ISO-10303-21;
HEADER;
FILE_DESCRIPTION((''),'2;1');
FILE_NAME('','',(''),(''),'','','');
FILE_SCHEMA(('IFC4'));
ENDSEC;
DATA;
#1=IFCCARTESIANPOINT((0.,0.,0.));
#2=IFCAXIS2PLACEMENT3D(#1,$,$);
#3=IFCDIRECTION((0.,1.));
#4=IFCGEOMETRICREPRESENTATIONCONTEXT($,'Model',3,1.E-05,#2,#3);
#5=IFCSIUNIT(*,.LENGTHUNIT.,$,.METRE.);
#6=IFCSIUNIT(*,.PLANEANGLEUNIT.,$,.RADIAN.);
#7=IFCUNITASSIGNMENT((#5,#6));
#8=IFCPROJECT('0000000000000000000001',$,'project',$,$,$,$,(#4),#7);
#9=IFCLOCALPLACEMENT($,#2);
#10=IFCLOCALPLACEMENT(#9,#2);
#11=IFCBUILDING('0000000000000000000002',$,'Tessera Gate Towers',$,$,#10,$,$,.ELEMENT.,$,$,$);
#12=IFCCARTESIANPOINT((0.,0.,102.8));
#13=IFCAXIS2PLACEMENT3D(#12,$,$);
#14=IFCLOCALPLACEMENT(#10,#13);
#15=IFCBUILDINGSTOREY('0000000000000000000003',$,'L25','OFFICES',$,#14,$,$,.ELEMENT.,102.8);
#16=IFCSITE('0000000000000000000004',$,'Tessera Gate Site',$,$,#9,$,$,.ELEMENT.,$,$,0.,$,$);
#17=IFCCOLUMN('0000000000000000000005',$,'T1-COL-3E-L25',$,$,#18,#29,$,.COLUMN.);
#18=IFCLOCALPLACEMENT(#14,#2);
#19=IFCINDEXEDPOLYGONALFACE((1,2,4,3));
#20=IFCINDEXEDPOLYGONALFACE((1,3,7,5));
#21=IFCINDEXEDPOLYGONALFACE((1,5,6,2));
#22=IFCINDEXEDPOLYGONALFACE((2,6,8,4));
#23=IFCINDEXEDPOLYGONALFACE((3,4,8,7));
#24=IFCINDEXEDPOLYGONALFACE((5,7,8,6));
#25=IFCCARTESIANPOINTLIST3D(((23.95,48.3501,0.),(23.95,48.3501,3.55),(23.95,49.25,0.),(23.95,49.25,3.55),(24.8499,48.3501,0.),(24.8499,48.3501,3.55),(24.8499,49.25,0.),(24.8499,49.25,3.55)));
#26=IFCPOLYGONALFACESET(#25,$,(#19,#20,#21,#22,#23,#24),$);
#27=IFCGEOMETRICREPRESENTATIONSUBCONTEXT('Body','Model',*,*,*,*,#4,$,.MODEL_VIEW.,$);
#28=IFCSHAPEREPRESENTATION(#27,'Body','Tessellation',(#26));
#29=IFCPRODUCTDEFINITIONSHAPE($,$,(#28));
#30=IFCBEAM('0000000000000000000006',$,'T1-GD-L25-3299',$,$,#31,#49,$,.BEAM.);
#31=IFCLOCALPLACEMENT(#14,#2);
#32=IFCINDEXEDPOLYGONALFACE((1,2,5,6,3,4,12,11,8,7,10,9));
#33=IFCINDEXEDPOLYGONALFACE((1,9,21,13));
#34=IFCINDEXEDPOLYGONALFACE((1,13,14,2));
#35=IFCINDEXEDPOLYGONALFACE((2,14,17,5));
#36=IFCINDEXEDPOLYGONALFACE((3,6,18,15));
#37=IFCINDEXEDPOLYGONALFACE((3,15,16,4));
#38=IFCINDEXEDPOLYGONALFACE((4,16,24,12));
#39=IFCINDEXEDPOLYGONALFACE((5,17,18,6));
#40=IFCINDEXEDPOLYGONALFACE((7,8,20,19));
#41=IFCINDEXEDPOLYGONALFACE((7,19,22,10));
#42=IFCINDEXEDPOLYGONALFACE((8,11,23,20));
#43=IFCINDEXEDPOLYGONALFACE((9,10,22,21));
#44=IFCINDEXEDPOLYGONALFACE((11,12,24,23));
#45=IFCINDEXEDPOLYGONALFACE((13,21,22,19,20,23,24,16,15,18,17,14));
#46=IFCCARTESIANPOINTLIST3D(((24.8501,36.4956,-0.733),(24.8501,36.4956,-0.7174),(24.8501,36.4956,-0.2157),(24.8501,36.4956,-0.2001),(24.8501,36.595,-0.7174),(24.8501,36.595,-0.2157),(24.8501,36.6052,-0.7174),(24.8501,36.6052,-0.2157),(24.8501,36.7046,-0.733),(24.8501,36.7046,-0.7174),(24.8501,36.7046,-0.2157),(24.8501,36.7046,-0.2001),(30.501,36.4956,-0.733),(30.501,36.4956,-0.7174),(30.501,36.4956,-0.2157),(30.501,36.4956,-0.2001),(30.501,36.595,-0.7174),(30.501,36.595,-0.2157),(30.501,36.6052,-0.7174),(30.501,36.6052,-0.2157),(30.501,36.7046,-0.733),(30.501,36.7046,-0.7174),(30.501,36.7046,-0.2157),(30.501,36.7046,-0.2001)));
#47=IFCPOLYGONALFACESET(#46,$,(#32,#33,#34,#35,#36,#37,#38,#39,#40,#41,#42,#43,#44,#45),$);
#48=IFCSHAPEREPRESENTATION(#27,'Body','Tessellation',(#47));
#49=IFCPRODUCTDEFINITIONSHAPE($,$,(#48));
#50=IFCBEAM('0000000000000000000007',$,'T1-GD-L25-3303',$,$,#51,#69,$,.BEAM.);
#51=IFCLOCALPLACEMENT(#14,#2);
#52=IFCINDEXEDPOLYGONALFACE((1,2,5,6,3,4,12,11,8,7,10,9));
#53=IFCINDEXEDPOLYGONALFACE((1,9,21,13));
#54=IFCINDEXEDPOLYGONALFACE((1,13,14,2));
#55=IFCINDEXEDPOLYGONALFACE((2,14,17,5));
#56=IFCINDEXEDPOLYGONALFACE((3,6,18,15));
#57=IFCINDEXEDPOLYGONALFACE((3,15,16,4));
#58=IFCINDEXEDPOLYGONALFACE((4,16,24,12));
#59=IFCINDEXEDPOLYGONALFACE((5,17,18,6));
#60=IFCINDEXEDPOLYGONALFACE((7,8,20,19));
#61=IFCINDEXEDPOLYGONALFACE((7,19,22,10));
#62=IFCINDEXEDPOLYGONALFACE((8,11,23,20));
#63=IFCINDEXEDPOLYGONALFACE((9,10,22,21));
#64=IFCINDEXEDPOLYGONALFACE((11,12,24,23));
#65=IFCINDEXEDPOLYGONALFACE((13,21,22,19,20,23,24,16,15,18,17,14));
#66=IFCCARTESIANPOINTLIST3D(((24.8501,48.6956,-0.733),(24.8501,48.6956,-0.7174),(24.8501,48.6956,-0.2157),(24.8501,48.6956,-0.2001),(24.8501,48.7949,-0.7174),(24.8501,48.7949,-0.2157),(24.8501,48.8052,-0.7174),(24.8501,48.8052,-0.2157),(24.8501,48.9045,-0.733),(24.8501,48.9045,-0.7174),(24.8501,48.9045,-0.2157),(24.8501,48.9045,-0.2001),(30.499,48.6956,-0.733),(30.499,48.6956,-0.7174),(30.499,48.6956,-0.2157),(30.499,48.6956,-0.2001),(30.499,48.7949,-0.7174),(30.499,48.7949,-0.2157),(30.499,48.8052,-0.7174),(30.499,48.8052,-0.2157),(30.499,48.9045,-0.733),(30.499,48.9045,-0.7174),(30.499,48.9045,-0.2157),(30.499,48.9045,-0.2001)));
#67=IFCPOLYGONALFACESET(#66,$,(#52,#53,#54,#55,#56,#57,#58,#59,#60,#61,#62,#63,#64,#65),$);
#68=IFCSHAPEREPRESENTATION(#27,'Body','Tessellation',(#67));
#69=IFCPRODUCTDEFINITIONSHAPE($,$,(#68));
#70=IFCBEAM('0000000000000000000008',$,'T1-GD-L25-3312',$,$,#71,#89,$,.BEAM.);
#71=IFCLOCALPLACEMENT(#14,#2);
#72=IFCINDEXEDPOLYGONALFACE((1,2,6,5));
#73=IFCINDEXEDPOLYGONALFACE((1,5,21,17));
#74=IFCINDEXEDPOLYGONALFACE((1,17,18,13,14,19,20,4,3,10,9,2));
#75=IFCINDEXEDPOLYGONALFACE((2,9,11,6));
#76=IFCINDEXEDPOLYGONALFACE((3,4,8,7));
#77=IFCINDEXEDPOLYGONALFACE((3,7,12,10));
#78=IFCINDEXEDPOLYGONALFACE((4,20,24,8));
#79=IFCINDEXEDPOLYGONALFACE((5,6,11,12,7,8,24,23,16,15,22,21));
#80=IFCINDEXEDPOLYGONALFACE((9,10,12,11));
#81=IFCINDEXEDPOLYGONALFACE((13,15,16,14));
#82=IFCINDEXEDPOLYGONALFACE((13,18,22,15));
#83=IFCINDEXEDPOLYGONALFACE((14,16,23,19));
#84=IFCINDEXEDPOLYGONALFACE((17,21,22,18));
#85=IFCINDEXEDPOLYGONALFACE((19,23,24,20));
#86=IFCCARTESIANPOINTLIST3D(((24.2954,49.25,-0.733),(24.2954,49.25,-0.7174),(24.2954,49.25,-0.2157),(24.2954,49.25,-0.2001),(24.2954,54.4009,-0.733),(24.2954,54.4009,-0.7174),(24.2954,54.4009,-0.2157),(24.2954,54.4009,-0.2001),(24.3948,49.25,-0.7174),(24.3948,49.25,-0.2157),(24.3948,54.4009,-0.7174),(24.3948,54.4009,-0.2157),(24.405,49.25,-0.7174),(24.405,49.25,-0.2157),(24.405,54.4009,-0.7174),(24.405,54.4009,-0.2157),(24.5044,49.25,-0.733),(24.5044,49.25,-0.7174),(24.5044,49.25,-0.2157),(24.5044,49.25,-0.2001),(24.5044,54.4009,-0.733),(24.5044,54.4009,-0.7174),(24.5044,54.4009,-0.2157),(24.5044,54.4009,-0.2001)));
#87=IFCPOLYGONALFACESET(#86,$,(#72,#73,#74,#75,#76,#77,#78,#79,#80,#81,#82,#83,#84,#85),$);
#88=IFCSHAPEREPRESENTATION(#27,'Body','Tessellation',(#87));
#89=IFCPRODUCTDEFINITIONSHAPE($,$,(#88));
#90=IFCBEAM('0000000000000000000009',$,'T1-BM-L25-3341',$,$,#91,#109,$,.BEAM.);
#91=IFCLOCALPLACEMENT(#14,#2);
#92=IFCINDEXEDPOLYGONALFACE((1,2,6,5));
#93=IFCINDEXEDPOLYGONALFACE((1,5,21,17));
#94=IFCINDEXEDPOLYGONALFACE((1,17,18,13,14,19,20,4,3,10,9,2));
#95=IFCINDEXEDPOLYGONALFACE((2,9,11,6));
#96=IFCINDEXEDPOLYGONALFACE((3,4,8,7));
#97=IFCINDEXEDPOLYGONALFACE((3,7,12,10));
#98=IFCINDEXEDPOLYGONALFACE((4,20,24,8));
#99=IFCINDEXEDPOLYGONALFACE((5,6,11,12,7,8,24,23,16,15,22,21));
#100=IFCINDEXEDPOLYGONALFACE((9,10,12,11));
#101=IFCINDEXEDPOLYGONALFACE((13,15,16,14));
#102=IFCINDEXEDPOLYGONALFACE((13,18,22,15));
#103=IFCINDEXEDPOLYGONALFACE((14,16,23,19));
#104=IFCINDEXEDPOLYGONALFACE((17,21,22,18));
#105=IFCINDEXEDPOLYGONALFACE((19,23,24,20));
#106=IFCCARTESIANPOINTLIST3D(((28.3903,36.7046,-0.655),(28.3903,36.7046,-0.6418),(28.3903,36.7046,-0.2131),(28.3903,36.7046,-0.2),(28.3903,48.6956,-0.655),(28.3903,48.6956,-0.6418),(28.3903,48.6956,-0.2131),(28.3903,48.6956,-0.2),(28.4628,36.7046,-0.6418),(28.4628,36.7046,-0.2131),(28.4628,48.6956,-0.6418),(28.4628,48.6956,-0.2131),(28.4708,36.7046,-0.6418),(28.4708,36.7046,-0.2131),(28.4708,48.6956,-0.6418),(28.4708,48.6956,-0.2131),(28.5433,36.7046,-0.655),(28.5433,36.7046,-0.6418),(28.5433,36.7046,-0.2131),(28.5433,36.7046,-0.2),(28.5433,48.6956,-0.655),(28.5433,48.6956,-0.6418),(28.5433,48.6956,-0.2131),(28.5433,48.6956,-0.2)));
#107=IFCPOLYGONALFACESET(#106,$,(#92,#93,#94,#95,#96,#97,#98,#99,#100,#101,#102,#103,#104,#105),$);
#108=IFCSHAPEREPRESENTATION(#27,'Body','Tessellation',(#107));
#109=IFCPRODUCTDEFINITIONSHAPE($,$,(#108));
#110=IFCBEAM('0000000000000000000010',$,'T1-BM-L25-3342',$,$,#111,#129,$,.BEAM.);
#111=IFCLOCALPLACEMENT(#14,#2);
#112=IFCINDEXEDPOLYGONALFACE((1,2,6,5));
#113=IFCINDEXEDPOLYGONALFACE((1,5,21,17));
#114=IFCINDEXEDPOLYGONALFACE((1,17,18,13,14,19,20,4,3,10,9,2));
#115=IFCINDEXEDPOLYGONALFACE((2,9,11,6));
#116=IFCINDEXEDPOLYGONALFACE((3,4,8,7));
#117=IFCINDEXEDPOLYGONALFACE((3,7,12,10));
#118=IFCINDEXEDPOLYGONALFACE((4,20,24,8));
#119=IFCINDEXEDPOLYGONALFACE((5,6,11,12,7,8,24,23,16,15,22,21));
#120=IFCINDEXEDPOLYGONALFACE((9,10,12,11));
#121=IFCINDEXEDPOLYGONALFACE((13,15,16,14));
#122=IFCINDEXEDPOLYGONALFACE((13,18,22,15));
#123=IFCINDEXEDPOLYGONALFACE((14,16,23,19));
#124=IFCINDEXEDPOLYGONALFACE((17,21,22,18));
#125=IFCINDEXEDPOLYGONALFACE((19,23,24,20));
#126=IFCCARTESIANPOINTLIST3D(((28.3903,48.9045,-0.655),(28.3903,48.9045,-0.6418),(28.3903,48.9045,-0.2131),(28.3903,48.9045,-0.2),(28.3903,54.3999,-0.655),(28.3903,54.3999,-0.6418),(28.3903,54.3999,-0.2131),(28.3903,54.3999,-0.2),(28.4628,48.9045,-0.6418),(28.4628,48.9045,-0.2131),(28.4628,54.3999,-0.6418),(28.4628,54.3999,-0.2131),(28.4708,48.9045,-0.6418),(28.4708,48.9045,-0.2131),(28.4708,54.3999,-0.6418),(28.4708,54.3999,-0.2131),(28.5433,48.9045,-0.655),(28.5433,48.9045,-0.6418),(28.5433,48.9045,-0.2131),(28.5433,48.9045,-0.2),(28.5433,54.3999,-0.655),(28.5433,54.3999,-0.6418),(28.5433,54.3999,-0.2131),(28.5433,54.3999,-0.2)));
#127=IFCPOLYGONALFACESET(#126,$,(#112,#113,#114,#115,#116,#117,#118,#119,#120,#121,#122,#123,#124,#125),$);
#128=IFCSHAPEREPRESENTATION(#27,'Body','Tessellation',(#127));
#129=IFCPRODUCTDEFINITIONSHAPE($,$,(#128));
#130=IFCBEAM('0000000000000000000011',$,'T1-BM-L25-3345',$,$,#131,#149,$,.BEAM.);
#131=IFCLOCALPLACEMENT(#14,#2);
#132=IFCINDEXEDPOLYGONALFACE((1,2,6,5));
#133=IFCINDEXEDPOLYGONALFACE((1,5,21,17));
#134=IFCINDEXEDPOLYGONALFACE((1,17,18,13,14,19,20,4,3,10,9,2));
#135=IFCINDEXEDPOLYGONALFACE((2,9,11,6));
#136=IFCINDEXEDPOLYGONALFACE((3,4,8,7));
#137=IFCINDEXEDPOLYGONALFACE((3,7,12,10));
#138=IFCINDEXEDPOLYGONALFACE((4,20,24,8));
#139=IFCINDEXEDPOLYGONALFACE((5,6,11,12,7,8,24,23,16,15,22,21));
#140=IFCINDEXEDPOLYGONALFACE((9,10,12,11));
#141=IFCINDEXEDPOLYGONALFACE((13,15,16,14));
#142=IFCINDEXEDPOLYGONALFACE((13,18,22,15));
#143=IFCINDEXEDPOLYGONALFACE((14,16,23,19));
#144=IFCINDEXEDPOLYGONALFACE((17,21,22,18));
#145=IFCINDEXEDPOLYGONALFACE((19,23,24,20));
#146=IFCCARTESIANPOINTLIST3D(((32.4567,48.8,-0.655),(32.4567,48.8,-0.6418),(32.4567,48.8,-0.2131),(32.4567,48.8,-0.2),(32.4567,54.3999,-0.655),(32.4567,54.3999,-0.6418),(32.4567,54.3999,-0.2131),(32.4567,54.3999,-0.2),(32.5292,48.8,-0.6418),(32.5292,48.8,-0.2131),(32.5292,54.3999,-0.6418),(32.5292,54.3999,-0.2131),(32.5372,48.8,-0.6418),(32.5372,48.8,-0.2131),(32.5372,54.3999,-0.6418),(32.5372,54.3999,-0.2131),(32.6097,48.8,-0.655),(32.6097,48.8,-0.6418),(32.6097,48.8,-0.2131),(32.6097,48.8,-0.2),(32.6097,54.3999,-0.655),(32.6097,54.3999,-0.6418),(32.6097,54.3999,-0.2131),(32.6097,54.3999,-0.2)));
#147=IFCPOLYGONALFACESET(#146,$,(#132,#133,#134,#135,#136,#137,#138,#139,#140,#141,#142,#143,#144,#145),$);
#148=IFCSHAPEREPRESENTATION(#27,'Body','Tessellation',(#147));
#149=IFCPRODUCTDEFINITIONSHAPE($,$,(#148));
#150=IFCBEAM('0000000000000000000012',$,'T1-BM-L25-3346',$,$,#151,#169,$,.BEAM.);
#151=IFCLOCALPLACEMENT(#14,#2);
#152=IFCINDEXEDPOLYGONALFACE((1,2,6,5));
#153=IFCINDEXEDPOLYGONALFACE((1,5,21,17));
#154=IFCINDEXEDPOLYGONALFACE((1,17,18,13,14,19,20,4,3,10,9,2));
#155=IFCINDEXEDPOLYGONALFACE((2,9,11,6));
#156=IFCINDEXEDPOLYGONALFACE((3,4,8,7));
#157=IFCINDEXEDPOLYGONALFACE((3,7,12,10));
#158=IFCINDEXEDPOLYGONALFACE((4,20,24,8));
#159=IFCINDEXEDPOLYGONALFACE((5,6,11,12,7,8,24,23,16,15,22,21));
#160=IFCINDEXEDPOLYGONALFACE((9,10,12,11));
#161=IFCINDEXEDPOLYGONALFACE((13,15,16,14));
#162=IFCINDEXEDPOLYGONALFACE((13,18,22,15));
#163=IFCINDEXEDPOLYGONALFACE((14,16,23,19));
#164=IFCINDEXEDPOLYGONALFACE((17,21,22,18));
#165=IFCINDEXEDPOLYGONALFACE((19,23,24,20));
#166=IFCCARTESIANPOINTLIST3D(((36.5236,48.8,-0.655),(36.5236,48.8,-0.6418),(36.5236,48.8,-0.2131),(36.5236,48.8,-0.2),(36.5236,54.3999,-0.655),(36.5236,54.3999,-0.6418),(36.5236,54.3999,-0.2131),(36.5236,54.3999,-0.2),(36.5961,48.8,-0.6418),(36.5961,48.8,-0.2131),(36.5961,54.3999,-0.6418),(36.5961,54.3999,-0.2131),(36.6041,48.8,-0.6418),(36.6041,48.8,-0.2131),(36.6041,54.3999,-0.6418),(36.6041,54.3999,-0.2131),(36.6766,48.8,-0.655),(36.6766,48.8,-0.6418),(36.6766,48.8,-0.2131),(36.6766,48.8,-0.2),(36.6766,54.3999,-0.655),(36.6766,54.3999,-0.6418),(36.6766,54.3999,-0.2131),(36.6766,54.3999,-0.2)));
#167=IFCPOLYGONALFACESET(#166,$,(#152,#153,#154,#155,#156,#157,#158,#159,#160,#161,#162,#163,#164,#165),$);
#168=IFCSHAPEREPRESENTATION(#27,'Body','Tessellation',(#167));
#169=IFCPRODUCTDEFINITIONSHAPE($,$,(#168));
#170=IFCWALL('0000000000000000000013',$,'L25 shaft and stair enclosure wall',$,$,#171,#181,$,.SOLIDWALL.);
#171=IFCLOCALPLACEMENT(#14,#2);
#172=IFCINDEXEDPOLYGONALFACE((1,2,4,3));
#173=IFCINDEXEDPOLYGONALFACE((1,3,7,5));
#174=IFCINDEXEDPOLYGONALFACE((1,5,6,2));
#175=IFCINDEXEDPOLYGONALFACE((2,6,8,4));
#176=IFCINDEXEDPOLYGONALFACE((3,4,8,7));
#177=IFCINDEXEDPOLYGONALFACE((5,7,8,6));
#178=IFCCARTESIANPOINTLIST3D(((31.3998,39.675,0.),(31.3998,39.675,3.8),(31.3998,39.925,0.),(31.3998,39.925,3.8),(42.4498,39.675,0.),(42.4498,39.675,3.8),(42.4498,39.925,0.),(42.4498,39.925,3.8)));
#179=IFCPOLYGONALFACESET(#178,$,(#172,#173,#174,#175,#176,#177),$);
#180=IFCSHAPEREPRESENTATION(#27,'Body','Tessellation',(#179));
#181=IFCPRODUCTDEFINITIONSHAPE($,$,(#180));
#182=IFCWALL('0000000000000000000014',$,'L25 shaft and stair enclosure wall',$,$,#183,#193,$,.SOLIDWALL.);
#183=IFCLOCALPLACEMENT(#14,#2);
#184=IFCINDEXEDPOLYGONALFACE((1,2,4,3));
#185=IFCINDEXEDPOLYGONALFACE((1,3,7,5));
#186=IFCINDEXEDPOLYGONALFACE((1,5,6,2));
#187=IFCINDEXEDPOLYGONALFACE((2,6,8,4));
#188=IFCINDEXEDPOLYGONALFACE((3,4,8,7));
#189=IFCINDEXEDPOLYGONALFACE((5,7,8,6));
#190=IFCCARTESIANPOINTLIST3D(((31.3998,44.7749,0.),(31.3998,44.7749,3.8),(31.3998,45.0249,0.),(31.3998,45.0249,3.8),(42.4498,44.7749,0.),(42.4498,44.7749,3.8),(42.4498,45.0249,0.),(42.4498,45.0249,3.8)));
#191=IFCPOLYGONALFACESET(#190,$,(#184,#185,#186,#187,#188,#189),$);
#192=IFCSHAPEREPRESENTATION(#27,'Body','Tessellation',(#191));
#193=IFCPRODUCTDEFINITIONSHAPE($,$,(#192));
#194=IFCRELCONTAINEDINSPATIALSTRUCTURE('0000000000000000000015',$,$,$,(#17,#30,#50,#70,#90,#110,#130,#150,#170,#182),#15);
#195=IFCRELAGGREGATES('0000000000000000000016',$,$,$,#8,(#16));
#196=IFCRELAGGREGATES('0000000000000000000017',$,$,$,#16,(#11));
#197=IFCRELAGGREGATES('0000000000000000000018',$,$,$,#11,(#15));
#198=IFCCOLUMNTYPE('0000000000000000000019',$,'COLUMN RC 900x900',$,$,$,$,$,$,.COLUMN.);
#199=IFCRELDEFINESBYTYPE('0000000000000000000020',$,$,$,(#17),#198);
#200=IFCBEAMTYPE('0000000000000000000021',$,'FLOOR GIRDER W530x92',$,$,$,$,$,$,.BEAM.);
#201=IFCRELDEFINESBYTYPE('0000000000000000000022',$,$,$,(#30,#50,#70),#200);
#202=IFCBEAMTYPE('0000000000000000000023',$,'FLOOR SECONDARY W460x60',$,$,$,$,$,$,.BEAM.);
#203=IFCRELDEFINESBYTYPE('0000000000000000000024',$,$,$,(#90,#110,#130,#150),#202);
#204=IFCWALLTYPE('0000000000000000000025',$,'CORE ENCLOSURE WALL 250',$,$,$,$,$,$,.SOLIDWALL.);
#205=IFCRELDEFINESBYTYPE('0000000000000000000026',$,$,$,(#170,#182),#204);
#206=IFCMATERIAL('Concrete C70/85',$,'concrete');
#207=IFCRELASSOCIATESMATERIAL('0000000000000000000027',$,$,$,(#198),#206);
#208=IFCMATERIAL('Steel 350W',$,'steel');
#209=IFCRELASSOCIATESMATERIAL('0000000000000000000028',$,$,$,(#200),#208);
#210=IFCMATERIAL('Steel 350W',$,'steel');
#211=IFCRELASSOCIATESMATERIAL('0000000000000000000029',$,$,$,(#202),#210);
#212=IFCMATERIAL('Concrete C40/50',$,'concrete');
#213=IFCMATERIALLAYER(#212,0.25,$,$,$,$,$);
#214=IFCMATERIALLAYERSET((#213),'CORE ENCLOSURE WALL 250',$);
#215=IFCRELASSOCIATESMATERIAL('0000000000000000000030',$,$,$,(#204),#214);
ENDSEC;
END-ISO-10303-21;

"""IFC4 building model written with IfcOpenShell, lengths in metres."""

from ifc_helpers import new_model, si_unit, direction, frame, frame_2d, origin, origin_2d, place, context, subcontext, project, spatial, rectangle, i_section, extrude, material, layer, layer_set, material_profile, profile_set, type_object, element, save


model = new_model("IFC4")

# Units and contexts
model_context = context("Model", 3, precision=1e-05, world=origin(), true_north=direction((0.0, 1.0)))
body_context = subcontext(model_context, "Body", "Model", "MODEL_VIEW")
ifc_project = project(units=[si_unit("LENGTHUNIT", "METRE"), si_unit("PLANEANGLEUNIT", "RADIAN")], contexts=[model_context])

# Site, building, storey
site_placement = place(None, origin())
site = spatial("IfcSite", under=ifc_project, at=site_placement, Name="Tessera Gate Site", CompositionType="ELEMENT", RefElevation=0.0)
building_placement = place(site_placement, origin())
building = spatial("IfcBuilding", under=site, at=building_placement, Name="Tessera Gate Towers", CompositionType="ELEMENT")
storey_placement = place(building_placement, frame((0.0, 0.0, 102.8)))
storey = spatial("IfcBuildingStorey", under=building, at=storey_placement, Name="L25", Description="OFFICES", CompositionType="ELEMENT", Elevation=102.8)

# Column
ifc_material_1 = material(Name="Concrete C70/85", Category="concrete")
ifc_material_profile_1 = material_profile(ifc_material_1, rectangle(XDim=0.8999, YDim=0.8999, at=origin_2d()), Name="RC 900x900")
ifc_profile_set_1 = profile_set([ifc_material_profile_1], Name="Concrete C70/85")
column_type = type_object("IfcColumnType", Name="COLUMN RC 900x900", PredefinedType="COLUMN", material=ifc_profile_set_1)
column_placement = place(storey_placement, frame((24.3999, 48.8, 0.0), z_axis=(0.0, 0.0, 1.0), x_axis=(1.0, 0.0, 0.0)))
element("IfcColumn", 1, at=column_placement, inside=storey, type_object=column_type, Name="T1-COL-3E-L25", PredefinedType="COLUMN", context=body_context, shape_type="SweptSolid", body=[
    extrude(rectangle(XDim=0.8999, YDim=0.8999, at=origin_2d()), origin(), (0.0, 0.0, 1.0), 3.55),
])

# Beams
ifc_material_2 = material(Name="Steel 350W", Category="steel")
ifc_material_profile_2 = material_profile(ifc_material_2, i_section(OverallWidth=0.209, OverallDepth=0.533, WebThickness=0.0103, FlangeThickness=0.0156, at=origin_2d()), Name="W530x92")
ifc_profile_set_2 = profile_set([ifc_material_profile_2], Name="Steel 350W")
beam_type_1 = type_object("IfcBeamType", Name="FLOOR GIRDER W530x92", PredefinedType="BEAM", material=ifc_profile_set_2)
beam_1_placement = place(storey_placement, frame((24.8501, 36.6001, -0.4666), z_axis=(1.0, 0.0, 0.0), x_axis=(0.0, 1.0, 0.0)))
element("IfcBeam", 2, at=beam_1_placement, inside=storey, type_object=beam_type_1, Name="T1-GD-L25-3299", PredefinedType="BEAM", context=body_context, shape_type="SweptSolid", body=[
    extrude(i_section(OverallWidth=0.209, OverallDepth=0.533, WebThickness=0.0103, FlangeThickness=0.0156, at=origin_2d()), origin(), (0.0, 0.0, 1.0), 5.6509),
])
beam_2_placement = place(storey_placement, frame((24.8501, 48.8, -0.4666), z_axis=(1.0, 0.0, 0.0), x_axis=(0.0, 1.0, 0.0)))
element("IfcBeam", 3, at=beam_2_placement, inside=storey, type_object=beam_type_1, Name="T1-GD-L25-3303", PredefinedType="BEAM", context=body_context, shape_type="SweptSolid", body=[
    extrude(i_section(OverallWidth=0.209, OverallDepth=0.533, WebThickness=0.0103, FlangeThickness=0.0156, at=origin_2d()), origin(), (0.0, 0.0, 1.0), 5.6489),
])
beam_3_placement = place(storey_placement, frame((24.3999, 49.25, -0.4666), z_axis=(0.0, 1.0, 0.0), x_axis=(-1.0, 0.0, 0.0)))
element("IfcBeam", 4, at=beam_3_placement, inside=storey, type_object=beam_type_1, Name="T1-GD-L25-3312", PredefinedType="BEAM", context=body_context, shape_type="SweptSolid", body=[
    extrude(i_section(OverallWidth=0.209, OverallDepth=0.533, WebThickness=0.0103, FlangeThickness=0.0156, at=origin_2d()), origin(), (0.0, 0.0, 1.0), 5.1509),
])
ifc_material_3 = material(Name="Steel 350W", Category="steel")
ifc_material_profile_3 = material_profile(ifc_material_3, i_section(OverallWidth=0.1531, OverallDepth=0.4551, WebThickness=0.0081, FlangeThickness=0.0132, at=origin_2d()), Name="W460x60")
ifc_profile_set_3 = profile_set([ifc_material_profile_3], Name="Steel 350W")
beam_type_2 = type_object("IfcBeamType", Name="FLOOR SECONDARY W460x60", PredefinedType="BEAM", material=ifc_profile_set_3)
beam_4_placement = place(storey_placement, frame((28.4668, 36.7046, -0.4275), z_axis=(0.0, 1.0, 0.0), x_axis=(-1.0, 0.0, 0.0)))
element("IfcBeam", 5, at=beam_4_placement, inside=storey, type_object=beam_type_2, Name="T1-BM-L25-3341", PredefinedType="BEAM", context=body_context, shape_type="SweptSolid", body=[
    extrude(i_section(OverallWidth=0.1531, OverallDepth=0.4551, WebThickness=0.0081, FlangeThickness=0.0132, at=origin_2d()), origin(), (0.0, 0.0, 1.0), 11.991),
])
beam_5_placement = place(storey_placement, frame((28.4668, 48.9045, -0.4275), z_axis=(0.0, 1.0, 0.0), x_axis=(-1.0, 0.0, 0.0)))
element("IfcBeam", 6, at=beam_5_placement, inside=storey, type_object=beam_type_2, Name="T1-BM-L25-3342", PredefinedType="BEAM", context=body_context, shape_type="SweptSolid", body=[
    extrude(i_section(OverallWidth=0.1531, OverallDepth=0.4551, WebThickness=0.0081, FlangeThickness=0.0132, at=origin_2d()), origin(), (0.0, 0.0, 1.0), 5.4954),
])
for number, where, z_axis, x_axis, name in (
    (7, (32.5332, 48.8, -0.4275), (0.0, 1.0, 0.0), (-1.0, 0.0, 0.0), "T1-BM-L25-3345"),
    (8, (36.6001, 48.8, -0.4275), (0.0, 1.0, 0.0), (-1.0, 0.0, 0.0), "T1-BM-L25-3346"),
):
    element("IfcBeam", number, at=place(storey_placement, frame(where, z_axis=z_axis, x_axis=x_axis)), inside=storey, type_object=beam_type_2, Name=name, PredefinedType="BEAM", context=body_context, shape_type="SweptSolid", body=[
        extrude(i_section(OverallWidth=0.1531, OverallDepth=0.4551, WebThickness=0.0081, FlangeThickness=0.0132, at=origin_2d()), origin(), (0.0, 0.0, 1.0), 5.5999),
    ])

# Walls
ifc_material_4 = material(Name="Concrete C40/50", Category="concrete")
ifc_layer_1 = layer(ifc_material_4, 0.25)
ifc_layer_set_1 = layer_set([ifc_layer_1], Name="CORE ENCLOSURE WALL 250")
wall_type_1 = type_object("IfcWallType", Name="CORE ENCLOSURE WALL 250", PredefinedType="SOLIDWALL", material=ifc_layer_set_1)
for number, where, z_axis, x_axis, name in (
    (9, (31.3999, 39.8, 0.0), (0.0, 0.0, 1.0), (1.0, 0.0, 0.0), "L25 shaft and stair enclosure wall"),
    (10, (31.3999, 44.8999, 0.0), (0.0, 0.0, 1.0), (1.0, 0.0, 0.0), "L25 shaft and stair enclosure wall"),
):
    element("IfcWall", number, at=place(storey_placement, frame(where, z_axis=z_axis, x_axis=x_axis)), inside=storey, type_object=wall_type_1, Name=name, PredefinedType="SOLIDWALL", context=body_context, shape_type="SweptSolid", body=[
        extrude(rectangle(XDim=11.05, YDim=0.25, at=frame_2d((5.5249, 0.0))), origin(), (0.0, 0.0, 1.0), 3.8),
    ])

save(model, "model.ifc")
